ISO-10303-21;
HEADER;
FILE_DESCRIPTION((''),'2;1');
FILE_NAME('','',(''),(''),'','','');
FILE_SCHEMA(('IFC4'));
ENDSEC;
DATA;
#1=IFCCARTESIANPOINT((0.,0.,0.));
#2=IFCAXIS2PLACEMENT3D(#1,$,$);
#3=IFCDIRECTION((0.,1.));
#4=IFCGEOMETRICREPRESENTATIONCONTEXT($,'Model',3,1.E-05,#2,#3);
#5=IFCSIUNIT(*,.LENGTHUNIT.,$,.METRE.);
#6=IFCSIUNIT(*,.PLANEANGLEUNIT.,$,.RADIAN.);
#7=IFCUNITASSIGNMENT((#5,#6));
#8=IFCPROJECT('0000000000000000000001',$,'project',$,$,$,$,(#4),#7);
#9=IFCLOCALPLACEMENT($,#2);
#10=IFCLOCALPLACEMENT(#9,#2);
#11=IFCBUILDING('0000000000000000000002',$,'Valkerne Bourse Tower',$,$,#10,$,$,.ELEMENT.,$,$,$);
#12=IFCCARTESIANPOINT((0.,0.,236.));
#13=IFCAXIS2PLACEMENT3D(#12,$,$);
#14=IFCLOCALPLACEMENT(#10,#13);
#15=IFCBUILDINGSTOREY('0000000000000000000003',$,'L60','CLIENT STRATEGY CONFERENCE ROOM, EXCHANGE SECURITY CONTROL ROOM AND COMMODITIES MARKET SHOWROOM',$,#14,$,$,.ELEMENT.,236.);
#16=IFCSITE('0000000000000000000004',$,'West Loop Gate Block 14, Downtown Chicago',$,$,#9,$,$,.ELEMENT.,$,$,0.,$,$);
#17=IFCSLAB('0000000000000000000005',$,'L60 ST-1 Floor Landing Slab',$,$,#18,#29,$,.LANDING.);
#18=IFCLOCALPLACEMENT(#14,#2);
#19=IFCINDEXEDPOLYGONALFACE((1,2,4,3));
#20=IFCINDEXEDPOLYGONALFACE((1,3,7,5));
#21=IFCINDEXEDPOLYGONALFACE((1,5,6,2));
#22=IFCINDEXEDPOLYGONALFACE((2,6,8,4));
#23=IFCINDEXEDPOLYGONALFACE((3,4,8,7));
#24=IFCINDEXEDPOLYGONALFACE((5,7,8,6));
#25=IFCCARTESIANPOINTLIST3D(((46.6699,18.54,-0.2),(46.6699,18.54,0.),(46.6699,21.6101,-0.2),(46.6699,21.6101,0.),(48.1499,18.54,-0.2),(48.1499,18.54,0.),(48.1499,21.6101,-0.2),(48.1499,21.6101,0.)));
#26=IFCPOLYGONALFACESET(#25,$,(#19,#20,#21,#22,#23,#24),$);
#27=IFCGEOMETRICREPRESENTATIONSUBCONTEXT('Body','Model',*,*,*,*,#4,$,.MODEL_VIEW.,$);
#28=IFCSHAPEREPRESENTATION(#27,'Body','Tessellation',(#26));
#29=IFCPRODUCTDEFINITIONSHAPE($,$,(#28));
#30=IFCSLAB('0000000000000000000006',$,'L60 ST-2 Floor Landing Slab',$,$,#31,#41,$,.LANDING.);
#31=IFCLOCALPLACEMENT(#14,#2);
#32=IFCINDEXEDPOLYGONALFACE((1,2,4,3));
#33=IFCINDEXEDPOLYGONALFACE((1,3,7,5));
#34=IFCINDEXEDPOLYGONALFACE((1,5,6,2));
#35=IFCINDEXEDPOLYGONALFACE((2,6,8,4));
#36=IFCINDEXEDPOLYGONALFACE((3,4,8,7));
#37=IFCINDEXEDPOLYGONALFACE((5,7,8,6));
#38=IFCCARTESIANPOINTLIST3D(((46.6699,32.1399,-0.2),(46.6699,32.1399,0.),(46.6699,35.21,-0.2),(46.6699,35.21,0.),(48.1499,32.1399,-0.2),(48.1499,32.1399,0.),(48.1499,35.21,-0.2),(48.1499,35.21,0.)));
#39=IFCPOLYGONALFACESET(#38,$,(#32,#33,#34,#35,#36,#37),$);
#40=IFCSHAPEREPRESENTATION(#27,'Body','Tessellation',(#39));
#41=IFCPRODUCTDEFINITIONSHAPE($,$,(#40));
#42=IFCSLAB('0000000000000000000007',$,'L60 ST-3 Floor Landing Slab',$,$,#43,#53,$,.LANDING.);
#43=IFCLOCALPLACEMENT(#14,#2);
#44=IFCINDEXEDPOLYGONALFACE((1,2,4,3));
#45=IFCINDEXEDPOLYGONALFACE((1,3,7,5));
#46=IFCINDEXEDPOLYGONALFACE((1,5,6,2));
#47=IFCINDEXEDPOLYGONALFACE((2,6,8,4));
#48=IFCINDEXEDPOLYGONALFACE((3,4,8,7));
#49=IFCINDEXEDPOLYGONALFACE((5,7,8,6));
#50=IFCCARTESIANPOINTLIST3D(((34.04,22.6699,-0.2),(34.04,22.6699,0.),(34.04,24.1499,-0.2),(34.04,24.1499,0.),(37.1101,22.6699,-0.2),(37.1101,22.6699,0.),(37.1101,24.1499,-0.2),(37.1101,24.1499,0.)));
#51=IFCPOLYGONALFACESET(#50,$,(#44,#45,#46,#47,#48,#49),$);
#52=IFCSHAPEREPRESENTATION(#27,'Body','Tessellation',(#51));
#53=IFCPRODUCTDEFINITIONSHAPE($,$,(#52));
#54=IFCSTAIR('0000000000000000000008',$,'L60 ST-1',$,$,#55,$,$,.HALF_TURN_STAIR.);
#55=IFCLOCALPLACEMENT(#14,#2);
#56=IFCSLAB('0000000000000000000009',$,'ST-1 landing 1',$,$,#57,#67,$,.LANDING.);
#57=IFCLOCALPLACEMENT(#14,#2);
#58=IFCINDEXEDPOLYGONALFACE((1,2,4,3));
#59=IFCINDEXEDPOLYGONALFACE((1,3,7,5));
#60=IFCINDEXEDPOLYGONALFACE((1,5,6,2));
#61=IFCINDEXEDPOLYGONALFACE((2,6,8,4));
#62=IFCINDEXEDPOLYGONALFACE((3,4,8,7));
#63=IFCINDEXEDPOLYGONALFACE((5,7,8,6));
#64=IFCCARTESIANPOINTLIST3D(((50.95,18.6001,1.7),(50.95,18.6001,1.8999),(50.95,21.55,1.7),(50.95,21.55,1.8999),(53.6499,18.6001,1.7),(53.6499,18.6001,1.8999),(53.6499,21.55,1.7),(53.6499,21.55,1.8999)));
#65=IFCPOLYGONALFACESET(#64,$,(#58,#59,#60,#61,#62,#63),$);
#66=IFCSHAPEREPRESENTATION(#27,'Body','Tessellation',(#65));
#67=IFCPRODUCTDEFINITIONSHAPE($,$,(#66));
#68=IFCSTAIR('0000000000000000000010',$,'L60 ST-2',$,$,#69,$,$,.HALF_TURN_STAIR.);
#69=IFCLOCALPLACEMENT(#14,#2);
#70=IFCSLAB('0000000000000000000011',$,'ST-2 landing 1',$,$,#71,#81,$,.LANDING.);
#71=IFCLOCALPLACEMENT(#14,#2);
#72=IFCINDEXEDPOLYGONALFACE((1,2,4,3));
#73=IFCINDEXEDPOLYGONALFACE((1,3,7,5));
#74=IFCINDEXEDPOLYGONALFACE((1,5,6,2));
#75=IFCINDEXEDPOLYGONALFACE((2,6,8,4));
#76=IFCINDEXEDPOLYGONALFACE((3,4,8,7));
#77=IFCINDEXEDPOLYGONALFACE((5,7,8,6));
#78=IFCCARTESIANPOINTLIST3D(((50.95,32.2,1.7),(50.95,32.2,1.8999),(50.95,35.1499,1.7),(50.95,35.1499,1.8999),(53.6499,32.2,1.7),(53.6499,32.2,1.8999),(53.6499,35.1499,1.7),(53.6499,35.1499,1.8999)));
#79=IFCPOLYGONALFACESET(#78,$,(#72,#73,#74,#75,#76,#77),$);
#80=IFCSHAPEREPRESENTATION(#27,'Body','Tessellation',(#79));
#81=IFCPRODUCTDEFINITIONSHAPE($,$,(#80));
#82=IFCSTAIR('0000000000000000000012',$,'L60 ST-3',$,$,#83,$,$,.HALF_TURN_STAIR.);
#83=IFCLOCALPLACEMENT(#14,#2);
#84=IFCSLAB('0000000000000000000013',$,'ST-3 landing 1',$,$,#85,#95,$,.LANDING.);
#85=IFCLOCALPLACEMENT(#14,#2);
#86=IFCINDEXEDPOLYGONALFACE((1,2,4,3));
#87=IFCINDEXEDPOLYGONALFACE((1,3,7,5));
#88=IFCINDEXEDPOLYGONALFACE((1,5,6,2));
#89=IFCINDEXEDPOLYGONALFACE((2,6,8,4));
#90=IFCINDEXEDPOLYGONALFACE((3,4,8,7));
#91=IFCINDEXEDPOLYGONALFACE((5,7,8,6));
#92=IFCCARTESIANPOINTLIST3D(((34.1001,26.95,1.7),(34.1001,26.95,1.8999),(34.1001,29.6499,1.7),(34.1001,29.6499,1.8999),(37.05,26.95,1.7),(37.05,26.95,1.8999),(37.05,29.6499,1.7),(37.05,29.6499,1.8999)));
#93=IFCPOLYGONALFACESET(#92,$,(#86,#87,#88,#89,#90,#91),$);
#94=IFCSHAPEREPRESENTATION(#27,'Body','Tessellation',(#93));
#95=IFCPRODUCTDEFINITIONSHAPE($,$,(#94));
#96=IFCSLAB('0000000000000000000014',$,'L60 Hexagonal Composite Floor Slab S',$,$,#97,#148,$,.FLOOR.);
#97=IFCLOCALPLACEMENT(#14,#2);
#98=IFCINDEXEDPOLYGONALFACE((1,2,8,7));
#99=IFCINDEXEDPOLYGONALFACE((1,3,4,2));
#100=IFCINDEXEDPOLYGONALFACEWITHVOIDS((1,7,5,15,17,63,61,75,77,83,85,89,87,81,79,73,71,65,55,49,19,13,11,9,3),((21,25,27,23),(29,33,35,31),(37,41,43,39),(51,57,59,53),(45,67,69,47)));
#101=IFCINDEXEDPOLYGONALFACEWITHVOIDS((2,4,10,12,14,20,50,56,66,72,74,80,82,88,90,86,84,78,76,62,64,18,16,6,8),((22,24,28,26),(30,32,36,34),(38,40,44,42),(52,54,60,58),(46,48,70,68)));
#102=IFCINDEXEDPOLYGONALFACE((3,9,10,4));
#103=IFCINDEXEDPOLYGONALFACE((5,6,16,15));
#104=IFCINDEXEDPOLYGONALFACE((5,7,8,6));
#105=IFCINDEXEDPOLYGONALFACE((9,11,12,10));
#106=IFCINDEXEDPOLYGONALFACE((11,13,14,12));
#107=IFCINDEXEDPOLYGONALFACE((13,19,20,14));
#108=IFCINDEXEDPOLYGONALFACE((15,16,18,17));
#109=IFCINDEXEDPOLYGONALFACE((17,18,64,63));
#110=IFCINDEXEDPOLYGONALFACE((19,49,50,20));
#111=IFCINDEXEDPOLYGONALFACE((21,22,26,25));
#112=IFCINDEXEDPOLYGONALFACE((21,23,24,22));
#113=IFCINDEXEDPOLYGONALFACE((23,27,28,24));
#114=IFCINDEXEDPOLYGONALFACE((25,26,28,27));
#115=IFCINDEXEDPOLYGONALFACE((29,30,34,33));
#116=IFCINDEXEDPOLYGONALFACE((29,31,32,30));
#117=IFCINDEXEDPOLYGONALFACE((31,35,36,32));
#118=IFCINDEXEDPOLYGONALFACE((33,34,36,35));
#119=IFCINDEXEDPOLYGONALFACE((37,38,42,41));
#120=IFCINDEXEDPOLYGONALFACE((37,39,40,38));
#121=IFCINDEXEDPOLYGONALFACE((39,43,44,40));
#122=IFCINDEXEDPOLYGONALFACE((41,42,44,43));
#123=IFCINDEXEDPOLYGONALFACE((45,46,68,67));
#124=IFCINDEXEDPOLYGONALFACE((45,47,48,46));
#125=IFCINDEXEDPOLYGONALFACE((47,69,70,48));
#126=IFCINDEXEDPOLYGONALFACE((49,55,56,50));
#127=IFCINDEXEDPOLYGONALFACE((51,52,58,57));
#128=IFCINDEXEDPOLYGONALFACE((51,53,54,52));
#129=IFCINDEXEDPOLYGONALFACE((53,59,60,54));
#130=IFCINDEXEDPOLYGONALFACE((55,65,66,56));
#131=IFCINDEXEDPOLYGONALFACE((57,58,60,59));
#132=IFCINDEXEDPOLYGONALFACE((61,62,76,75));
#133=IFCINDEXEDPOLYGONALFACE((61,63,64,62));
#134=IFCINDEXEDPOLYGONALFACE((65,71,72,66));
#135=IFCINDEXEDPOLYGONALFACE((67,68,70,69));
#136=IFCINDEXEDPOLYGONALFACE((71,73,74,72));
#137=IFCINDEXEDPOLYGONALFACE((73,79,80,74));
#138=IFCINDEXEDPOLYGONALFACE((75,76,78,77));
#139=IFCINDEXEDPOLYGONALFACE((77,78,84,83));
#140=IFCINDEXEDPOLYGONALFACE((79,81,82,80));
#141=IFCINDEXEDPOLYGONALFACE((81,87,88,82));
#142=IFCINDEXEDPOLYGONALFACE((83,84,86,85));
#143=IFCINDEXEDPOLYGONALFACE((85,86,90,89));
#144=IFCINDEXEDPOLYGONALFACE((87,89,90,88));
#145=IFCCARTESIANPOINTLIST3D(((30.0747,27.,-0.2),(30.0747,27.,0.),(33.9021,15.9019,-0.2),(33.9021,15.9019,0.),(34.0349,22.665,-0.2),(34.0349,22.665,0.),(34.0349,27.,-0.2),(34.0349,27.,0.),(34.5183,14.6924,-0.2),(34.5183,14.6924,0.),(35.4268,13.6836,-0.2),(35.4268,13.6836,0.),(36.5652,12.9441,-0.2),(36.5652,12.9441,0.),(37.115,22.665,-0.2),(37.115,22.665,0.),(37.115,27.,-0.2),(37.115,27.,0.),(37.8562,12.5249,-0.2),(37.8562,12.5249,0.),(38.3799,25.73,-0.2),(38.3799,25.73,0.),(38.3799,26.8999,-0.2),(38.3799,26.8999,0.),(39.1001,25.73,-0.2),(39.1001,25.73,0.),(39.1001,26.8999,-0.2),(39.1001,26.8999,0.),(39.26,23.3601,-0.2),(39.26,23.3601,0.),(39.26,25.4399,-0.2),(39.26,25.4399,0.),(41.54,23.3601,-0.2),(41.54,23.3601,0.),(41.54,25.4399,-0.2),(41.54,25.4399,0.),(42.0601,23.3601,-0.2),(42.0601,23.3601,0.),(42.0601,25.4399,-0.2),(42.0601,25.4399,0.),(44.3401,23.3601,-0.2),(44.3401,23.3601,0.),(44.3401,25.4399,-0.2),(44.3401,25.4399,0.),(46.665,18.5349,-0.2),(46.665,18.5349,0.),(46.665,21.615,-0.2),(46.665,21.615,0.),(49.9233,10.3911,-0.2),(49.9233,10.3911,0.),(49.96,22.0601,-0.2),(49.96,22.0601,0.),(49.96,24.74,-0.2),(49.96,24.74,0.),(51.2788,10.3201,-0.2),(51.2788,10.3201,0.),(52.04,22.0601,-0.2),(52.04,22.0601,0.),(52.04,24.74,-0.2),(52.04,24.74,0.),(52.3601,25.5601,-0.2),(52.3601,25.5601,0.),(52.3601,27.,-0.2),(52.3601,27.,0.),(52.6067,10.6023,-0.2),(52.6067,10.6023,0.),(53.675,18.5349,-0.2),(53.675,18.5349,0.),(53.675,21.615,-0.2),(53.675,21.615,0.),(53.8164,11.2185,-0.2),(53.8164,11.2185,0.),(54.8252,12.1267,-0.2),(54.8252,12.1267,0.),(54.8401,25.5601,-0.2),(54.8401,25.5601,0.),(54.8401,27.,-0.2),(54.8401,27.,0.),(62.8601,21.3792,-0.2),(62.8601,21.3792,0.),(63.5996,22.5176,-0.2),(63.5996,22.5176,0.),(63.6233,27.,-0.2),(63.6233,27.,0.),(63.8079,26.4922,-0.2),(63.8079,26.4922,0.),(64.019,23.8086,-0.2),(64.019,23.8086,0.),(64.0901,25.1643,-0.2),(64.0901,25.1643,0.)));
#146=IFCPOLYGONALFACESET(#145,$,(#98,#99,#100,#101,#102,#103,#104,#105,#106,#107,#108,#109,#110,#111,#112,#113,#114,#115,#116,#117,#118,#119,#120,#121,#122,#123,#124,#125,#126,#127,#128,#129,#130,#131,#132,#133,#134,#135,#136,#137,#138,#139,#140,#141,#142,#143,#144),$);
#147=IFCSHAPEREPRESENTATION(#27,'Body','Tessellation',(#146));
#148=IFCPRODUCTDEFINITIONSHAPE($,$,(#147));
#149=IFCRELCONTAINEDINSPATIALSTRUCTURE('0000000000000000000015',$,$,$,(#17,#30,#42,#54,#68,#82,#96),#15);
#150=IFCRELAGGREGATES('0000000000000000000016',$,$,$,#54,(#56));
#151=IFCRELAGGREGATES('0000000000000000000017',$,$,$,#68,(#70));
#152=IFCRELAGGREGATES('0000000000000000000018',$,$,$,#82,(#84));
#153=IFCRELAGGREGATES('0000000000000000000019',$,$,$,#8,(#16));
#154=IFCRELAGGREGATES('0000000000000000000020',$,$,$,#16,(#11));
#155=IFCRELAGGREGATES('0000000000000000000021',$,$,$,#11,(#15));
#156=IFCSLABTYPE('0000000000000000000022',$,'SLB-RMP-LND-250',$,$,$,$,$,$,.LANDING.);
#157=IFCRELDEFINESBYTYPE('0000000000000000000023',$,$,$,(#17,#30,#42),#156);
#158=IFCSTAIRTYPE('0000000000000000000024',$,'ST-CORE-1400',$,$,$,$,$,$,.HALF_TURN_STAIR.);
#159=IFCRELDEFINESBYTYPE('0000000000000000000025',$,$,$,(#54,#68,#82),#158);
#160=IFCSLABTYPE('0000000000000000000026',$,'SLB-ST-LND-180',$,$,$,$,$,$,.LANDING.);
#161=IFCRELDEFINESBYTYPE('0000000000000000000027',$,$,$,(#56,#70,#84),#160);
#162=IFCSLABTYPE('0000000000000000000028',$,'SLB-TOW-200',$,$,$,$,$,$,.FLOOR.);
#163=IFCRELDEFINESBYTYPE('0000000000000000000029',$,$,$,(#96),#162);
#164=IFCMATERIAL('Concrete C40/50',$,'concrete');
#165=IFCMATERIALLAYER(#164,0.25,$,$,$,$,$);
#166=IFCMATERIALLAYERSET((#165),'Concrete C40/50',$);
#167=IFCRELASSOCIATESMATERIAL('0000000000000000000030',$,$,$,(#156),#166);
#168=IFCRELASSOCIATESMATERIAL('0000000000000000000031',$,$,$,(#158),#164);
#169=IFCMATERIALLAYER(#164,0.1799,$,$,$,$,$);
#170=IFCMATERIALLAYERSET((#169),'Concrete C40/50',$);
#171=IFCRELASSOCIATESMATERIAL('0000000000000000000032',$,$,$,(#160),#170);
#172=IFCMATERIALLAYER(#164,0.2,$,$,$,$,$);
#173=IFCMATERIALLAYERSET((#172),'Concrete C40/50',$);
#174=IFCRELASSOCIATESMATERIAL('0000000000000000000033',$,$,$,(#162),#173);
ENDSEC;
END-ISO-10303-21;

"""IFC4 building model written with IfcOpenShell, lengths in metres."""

from ifc_helpers import new_model, si_unit, direction, frame, origin, place, context, subcontext, project, spatial, polyline, outline, extrude, material, layer, layer_set, type_object, element, aggregate, save


model = new_model("IFC4")

# Units and contexts
model_context = context("Model", 3, precision=1e-05, world=origin(), true_north=direction((0.0, 1.0)))
body_context = subcontext(model_context, "Body", "Model", "MODEL_VIEW")
ifc_project = project(units=[si_unit("LENGTHUNIT", "METRE"), si_unit("PLANEANGLEUNIT", "RADIAN")], contexts=[model_context])

# Site, building, storey
site_placement = place(None, origin())
site = spatial("IfcSite", under=ifc_project, at=site_placement, Name="West Loop Gate Block 14, Downtown Chicago", CompositionType="ELEMENT", RefElevation=0.0)
building_placement = place(site_placement, origin())
building = spatial("IfcBuilding", under=site, at=building_placement, Name="Valkerne Bourse Tower", CompositionType="ELEMENT")
storey_placement = place(building_placement, frame((0.0, 0.0, 236.0)))
storey = spatial("IfcBuildingStorey", under=building, at=storey_placement, Name="L60", Description="CLIENT STRATEGY CONFERENCE ROOM, EXCHANGE SECURITY CONTROL ROOM AND COMMODITIES MARKET SHOWROOM", CompositionType="ELEMENT", Elevation=236.0)

# Slabs
ifc_material_1 = material(Name="Concrete C40/50", Category="concrete")
ifc_layer_1 = layer(ifc_material_1, 0.25)
ifc_layer_set_1 = layer_set([ifc_layer_1], Name="Concrete C40/50")
slab_type_1 = type_object("IfcSlabType", Name="SLB-RMP-LND-250", PredefinedType="LANDING", material=ifc_layer_set_1)
slab_1_placement = place(storey_placement, frame((0.0, 0.0, -0.2)))
element("IfcSlab", 1, at=slab_1_placement, inside=storey, type_object=slab_type_1, Name="L60 ST-1 Floor Landing Slab", PredefinedType="LANDING", context=body_context, shape_type="SweptSolid", body=[
    extrude(outline(polyline([(46.6699, 18.54), (48.1499, 18.54), (48.1499, 21.6101), (46.6699, 21.6101), (46.6699, 18.54)])), origin(), (0.0, 0.0, 1.0), 0.2),
])
slab_2_placement = place(storey_placement, frame((0.0, 0.0, -0.2)))
element("IfcSlab", 2, at=slab_2_placement, inside=storey, type_object=slab_type_1, Name="L60 ST-2 Floor Landing Slab", PredefinedType="LANDING", context=body_context, shape_type="SweptSolid", body=[
    extrude(outline(polyline([(46.6699, 32.1399), (48.1499, 32.1399), (48.1499, 35.21), (46.6699, 35.21), (46.6699, 32.1399)])), origin(), (0.0, 0.0, 1.0), 0.2),
])
slab_3_placement = place(storey_placement, frame((0.0, 0.0, -0.2)))
element("IfcSlab", 3, at=slab_3_placement, inside=storey, type_object=slab_type_1, Name="L60 ST-3 Floor Landing Slab", PredefinedType="LANDING", context=body_context, shape_type="SweptSolid", body=[
    extrude(outline(polyline([(37.1101, 22.6699), (37.1101, 24.1499), (34.04, 24.1499), (34.04, 22.6699), (37.1101, 22.6699)])), origin(), (0.0, 0.0, 1.0), 0.2),
])

# Stairs, slabs
stair_type = type_object("IfcStairType", Name="ST-CORE-1400", PredefinedType="HALF_TURN_STAIR", material=ifc_material_1)
stair_1_placement = place(storey_placement, origin())
stair_1 = element("IfcStair", 4, at=stair_1_placement, inside=storey, type_object=stair_type, Name="L60 ST-1", PredefinedType="HALF_TURN_STAIR")
ifc_layer_2 = layer(ifc_material_1, 0.1799)
ifc_layer_set_2 = layer_set([ifc_layer_2], Name="Concrete C40/50")
slab_type_2 = type_object("IfcSlabType", Name="SLB-ST-LND-180", PredefinedType="LANDING", material=ifc_layer_set_2)
slab_4_placement = place(storey_placement, frame((0.0, 0.0, 1.7)))
slab_4 = element("IfcSlab", 5, at=slab_4_placement, type_object=slab_type_2, Name="ST-1 landing 1", PredefinedType="LANDING", context=body_context, shape_type="SweptSolid", body=[
    extrude(outline(polyline([(50.95, 18.6001), (53.6499, 18.6001), (53.6499, 21.55), (50.95, 21.55), (50.95, 18.6001)])), origin(), (0.0, 0.0, 1.0), 0.2),
])
aggregate(stair_1, [slab_4])
stair_2_placement = place(storey_placement, origin())
stair_2 = element("IfcStair", 6, at=stair_2_placement, inside=storey, type_object=stair_type, Name="L60 ST-2", PredefinedType="HALF_TURN_STAIR")
slab_5_placement = place(storey_placement, frame((0.0, 0.0, 1.7)))
slab_5 = element("IfcSlab", 7, at=slab_5_placement, type_object=slab_type_2, Name="ST-2 landing 1", PredefinedType="LANDING", context=body_context, shape_type="SweptSolid", body=[
    extrude(outline(polyline([(50.95, 32.2), (53.6499, 32.2), (53.6499, 35.1499), (50.95, 35.1499), (50.95, 32.2)])), origin(), (0.0, 0.0, 1.0), 0.2),
])
aggregate(stair_2, [slab_5])
stair_3_placement = place(storey_placement, origin())
stair_3 = element("IfcStair", 8, at=stair_3_placement, inside=storey, type_object=stair_type, Name="L60 ST-3", PredefinedType="HALF_TURN_STAIR")
slab_6_placement = place(storey_placement, frame((0.0, 0.0, 1.7)))
slab_6 = element("IfcSlab", 9, at=slab_6_placement, type_object=slab_type_2, Name="ST-3 landing 1", PredefinedType="LANDING", context=body_context, shape_type="SweptSolid", body=[
    extrude(outline(polyline([(37.05, 26.95), (37.05, 29.6499), (34.1001, 29.6499), (34.1001, 26.95), (37.05, 26.95)])), origin(), (0.0, 0.0, 1.0), 0.2),
])
aggregate(stair_3, [slab_6])

# Slab
ifc_layer_3 = layer(ifc_material_1, 0.2)
ifc_layer_set_3 = layer_set([ifc_layer_3], Name="Concrete C40/50")
slab_type_3 = type_object("IfcSlabType", Name="SLB-TOW-200", PredefinedType="FLOOR", material=ifc_layer_set_3)
slab_7_placement = place(storey_placement, frame((0.0, 0.0, -0.2)))
element("IfcSlab", 10, at=slab_7_placement, inside=storey, type_object=slab_type_3, Name="L60 Hexagonal Composite Floor Slab S", PredefinedType="FLOOR", context=body_context, shape_type="SweptSolid", body=[
    extrude(outline(polyline([(64.0901, 25.1643), (64.019, 23.8086), (63.5996, 22.5176), (62.8601, 21.3792), (54.8252, 12.1267), (53.8164, 11.2185), (52.6067, 10.6023), (51.2788, 10.3201), (49.9233, 10.3911), (37.8562, 12.5249), (36.5652, 12.9441), (35.4268, 13.6836), (34.5183, 14.6924), (33.9021, 15.9019), (30.0747, 27.0), (34.0349, 27.0), (34.0349, 22.665), (37.115, 22.665), (37.115, 27.0), (52.3601, 27.0), (52.3601, 25.5601), (54.8401, 25.5601), (54.8401, 27.0), (63.6233, 27.0), (63.8079, 26.4922), (64.0901, 25.1643)]), holes=[polyline([(41.54, 25.4399), (39.26, 25.4399), (39.26, 23.3601), (41.54, 23.3601), (41.54, 25.4399)]), polyline([(44.3401, 25.4399), (42.0601, 25.4399), (42.0601, 23.3601), (44.3401, 23.3601), (44.3401, 25.4399)]), polyline([(39.1001, 26.8999), (38.3799, 26.8999), (38.3799, 25.73), (39.1001, 25.73), (39.1001, 26.8999)]), polyline([(53.675, 21.615), (46.665, 21.615), (46.665, 18.5349), (53.675, 18.5349), (53.675, 21.615)]), polyline([(52.04, 24.74), (49.96, 24.74), (49.96, 22.0601), (52.04, 22.0601), (52.04, 24.74)])]), origin(), (0.0, 0.0, 1.0), 0.2),
])

save(model, "model.ifc")
